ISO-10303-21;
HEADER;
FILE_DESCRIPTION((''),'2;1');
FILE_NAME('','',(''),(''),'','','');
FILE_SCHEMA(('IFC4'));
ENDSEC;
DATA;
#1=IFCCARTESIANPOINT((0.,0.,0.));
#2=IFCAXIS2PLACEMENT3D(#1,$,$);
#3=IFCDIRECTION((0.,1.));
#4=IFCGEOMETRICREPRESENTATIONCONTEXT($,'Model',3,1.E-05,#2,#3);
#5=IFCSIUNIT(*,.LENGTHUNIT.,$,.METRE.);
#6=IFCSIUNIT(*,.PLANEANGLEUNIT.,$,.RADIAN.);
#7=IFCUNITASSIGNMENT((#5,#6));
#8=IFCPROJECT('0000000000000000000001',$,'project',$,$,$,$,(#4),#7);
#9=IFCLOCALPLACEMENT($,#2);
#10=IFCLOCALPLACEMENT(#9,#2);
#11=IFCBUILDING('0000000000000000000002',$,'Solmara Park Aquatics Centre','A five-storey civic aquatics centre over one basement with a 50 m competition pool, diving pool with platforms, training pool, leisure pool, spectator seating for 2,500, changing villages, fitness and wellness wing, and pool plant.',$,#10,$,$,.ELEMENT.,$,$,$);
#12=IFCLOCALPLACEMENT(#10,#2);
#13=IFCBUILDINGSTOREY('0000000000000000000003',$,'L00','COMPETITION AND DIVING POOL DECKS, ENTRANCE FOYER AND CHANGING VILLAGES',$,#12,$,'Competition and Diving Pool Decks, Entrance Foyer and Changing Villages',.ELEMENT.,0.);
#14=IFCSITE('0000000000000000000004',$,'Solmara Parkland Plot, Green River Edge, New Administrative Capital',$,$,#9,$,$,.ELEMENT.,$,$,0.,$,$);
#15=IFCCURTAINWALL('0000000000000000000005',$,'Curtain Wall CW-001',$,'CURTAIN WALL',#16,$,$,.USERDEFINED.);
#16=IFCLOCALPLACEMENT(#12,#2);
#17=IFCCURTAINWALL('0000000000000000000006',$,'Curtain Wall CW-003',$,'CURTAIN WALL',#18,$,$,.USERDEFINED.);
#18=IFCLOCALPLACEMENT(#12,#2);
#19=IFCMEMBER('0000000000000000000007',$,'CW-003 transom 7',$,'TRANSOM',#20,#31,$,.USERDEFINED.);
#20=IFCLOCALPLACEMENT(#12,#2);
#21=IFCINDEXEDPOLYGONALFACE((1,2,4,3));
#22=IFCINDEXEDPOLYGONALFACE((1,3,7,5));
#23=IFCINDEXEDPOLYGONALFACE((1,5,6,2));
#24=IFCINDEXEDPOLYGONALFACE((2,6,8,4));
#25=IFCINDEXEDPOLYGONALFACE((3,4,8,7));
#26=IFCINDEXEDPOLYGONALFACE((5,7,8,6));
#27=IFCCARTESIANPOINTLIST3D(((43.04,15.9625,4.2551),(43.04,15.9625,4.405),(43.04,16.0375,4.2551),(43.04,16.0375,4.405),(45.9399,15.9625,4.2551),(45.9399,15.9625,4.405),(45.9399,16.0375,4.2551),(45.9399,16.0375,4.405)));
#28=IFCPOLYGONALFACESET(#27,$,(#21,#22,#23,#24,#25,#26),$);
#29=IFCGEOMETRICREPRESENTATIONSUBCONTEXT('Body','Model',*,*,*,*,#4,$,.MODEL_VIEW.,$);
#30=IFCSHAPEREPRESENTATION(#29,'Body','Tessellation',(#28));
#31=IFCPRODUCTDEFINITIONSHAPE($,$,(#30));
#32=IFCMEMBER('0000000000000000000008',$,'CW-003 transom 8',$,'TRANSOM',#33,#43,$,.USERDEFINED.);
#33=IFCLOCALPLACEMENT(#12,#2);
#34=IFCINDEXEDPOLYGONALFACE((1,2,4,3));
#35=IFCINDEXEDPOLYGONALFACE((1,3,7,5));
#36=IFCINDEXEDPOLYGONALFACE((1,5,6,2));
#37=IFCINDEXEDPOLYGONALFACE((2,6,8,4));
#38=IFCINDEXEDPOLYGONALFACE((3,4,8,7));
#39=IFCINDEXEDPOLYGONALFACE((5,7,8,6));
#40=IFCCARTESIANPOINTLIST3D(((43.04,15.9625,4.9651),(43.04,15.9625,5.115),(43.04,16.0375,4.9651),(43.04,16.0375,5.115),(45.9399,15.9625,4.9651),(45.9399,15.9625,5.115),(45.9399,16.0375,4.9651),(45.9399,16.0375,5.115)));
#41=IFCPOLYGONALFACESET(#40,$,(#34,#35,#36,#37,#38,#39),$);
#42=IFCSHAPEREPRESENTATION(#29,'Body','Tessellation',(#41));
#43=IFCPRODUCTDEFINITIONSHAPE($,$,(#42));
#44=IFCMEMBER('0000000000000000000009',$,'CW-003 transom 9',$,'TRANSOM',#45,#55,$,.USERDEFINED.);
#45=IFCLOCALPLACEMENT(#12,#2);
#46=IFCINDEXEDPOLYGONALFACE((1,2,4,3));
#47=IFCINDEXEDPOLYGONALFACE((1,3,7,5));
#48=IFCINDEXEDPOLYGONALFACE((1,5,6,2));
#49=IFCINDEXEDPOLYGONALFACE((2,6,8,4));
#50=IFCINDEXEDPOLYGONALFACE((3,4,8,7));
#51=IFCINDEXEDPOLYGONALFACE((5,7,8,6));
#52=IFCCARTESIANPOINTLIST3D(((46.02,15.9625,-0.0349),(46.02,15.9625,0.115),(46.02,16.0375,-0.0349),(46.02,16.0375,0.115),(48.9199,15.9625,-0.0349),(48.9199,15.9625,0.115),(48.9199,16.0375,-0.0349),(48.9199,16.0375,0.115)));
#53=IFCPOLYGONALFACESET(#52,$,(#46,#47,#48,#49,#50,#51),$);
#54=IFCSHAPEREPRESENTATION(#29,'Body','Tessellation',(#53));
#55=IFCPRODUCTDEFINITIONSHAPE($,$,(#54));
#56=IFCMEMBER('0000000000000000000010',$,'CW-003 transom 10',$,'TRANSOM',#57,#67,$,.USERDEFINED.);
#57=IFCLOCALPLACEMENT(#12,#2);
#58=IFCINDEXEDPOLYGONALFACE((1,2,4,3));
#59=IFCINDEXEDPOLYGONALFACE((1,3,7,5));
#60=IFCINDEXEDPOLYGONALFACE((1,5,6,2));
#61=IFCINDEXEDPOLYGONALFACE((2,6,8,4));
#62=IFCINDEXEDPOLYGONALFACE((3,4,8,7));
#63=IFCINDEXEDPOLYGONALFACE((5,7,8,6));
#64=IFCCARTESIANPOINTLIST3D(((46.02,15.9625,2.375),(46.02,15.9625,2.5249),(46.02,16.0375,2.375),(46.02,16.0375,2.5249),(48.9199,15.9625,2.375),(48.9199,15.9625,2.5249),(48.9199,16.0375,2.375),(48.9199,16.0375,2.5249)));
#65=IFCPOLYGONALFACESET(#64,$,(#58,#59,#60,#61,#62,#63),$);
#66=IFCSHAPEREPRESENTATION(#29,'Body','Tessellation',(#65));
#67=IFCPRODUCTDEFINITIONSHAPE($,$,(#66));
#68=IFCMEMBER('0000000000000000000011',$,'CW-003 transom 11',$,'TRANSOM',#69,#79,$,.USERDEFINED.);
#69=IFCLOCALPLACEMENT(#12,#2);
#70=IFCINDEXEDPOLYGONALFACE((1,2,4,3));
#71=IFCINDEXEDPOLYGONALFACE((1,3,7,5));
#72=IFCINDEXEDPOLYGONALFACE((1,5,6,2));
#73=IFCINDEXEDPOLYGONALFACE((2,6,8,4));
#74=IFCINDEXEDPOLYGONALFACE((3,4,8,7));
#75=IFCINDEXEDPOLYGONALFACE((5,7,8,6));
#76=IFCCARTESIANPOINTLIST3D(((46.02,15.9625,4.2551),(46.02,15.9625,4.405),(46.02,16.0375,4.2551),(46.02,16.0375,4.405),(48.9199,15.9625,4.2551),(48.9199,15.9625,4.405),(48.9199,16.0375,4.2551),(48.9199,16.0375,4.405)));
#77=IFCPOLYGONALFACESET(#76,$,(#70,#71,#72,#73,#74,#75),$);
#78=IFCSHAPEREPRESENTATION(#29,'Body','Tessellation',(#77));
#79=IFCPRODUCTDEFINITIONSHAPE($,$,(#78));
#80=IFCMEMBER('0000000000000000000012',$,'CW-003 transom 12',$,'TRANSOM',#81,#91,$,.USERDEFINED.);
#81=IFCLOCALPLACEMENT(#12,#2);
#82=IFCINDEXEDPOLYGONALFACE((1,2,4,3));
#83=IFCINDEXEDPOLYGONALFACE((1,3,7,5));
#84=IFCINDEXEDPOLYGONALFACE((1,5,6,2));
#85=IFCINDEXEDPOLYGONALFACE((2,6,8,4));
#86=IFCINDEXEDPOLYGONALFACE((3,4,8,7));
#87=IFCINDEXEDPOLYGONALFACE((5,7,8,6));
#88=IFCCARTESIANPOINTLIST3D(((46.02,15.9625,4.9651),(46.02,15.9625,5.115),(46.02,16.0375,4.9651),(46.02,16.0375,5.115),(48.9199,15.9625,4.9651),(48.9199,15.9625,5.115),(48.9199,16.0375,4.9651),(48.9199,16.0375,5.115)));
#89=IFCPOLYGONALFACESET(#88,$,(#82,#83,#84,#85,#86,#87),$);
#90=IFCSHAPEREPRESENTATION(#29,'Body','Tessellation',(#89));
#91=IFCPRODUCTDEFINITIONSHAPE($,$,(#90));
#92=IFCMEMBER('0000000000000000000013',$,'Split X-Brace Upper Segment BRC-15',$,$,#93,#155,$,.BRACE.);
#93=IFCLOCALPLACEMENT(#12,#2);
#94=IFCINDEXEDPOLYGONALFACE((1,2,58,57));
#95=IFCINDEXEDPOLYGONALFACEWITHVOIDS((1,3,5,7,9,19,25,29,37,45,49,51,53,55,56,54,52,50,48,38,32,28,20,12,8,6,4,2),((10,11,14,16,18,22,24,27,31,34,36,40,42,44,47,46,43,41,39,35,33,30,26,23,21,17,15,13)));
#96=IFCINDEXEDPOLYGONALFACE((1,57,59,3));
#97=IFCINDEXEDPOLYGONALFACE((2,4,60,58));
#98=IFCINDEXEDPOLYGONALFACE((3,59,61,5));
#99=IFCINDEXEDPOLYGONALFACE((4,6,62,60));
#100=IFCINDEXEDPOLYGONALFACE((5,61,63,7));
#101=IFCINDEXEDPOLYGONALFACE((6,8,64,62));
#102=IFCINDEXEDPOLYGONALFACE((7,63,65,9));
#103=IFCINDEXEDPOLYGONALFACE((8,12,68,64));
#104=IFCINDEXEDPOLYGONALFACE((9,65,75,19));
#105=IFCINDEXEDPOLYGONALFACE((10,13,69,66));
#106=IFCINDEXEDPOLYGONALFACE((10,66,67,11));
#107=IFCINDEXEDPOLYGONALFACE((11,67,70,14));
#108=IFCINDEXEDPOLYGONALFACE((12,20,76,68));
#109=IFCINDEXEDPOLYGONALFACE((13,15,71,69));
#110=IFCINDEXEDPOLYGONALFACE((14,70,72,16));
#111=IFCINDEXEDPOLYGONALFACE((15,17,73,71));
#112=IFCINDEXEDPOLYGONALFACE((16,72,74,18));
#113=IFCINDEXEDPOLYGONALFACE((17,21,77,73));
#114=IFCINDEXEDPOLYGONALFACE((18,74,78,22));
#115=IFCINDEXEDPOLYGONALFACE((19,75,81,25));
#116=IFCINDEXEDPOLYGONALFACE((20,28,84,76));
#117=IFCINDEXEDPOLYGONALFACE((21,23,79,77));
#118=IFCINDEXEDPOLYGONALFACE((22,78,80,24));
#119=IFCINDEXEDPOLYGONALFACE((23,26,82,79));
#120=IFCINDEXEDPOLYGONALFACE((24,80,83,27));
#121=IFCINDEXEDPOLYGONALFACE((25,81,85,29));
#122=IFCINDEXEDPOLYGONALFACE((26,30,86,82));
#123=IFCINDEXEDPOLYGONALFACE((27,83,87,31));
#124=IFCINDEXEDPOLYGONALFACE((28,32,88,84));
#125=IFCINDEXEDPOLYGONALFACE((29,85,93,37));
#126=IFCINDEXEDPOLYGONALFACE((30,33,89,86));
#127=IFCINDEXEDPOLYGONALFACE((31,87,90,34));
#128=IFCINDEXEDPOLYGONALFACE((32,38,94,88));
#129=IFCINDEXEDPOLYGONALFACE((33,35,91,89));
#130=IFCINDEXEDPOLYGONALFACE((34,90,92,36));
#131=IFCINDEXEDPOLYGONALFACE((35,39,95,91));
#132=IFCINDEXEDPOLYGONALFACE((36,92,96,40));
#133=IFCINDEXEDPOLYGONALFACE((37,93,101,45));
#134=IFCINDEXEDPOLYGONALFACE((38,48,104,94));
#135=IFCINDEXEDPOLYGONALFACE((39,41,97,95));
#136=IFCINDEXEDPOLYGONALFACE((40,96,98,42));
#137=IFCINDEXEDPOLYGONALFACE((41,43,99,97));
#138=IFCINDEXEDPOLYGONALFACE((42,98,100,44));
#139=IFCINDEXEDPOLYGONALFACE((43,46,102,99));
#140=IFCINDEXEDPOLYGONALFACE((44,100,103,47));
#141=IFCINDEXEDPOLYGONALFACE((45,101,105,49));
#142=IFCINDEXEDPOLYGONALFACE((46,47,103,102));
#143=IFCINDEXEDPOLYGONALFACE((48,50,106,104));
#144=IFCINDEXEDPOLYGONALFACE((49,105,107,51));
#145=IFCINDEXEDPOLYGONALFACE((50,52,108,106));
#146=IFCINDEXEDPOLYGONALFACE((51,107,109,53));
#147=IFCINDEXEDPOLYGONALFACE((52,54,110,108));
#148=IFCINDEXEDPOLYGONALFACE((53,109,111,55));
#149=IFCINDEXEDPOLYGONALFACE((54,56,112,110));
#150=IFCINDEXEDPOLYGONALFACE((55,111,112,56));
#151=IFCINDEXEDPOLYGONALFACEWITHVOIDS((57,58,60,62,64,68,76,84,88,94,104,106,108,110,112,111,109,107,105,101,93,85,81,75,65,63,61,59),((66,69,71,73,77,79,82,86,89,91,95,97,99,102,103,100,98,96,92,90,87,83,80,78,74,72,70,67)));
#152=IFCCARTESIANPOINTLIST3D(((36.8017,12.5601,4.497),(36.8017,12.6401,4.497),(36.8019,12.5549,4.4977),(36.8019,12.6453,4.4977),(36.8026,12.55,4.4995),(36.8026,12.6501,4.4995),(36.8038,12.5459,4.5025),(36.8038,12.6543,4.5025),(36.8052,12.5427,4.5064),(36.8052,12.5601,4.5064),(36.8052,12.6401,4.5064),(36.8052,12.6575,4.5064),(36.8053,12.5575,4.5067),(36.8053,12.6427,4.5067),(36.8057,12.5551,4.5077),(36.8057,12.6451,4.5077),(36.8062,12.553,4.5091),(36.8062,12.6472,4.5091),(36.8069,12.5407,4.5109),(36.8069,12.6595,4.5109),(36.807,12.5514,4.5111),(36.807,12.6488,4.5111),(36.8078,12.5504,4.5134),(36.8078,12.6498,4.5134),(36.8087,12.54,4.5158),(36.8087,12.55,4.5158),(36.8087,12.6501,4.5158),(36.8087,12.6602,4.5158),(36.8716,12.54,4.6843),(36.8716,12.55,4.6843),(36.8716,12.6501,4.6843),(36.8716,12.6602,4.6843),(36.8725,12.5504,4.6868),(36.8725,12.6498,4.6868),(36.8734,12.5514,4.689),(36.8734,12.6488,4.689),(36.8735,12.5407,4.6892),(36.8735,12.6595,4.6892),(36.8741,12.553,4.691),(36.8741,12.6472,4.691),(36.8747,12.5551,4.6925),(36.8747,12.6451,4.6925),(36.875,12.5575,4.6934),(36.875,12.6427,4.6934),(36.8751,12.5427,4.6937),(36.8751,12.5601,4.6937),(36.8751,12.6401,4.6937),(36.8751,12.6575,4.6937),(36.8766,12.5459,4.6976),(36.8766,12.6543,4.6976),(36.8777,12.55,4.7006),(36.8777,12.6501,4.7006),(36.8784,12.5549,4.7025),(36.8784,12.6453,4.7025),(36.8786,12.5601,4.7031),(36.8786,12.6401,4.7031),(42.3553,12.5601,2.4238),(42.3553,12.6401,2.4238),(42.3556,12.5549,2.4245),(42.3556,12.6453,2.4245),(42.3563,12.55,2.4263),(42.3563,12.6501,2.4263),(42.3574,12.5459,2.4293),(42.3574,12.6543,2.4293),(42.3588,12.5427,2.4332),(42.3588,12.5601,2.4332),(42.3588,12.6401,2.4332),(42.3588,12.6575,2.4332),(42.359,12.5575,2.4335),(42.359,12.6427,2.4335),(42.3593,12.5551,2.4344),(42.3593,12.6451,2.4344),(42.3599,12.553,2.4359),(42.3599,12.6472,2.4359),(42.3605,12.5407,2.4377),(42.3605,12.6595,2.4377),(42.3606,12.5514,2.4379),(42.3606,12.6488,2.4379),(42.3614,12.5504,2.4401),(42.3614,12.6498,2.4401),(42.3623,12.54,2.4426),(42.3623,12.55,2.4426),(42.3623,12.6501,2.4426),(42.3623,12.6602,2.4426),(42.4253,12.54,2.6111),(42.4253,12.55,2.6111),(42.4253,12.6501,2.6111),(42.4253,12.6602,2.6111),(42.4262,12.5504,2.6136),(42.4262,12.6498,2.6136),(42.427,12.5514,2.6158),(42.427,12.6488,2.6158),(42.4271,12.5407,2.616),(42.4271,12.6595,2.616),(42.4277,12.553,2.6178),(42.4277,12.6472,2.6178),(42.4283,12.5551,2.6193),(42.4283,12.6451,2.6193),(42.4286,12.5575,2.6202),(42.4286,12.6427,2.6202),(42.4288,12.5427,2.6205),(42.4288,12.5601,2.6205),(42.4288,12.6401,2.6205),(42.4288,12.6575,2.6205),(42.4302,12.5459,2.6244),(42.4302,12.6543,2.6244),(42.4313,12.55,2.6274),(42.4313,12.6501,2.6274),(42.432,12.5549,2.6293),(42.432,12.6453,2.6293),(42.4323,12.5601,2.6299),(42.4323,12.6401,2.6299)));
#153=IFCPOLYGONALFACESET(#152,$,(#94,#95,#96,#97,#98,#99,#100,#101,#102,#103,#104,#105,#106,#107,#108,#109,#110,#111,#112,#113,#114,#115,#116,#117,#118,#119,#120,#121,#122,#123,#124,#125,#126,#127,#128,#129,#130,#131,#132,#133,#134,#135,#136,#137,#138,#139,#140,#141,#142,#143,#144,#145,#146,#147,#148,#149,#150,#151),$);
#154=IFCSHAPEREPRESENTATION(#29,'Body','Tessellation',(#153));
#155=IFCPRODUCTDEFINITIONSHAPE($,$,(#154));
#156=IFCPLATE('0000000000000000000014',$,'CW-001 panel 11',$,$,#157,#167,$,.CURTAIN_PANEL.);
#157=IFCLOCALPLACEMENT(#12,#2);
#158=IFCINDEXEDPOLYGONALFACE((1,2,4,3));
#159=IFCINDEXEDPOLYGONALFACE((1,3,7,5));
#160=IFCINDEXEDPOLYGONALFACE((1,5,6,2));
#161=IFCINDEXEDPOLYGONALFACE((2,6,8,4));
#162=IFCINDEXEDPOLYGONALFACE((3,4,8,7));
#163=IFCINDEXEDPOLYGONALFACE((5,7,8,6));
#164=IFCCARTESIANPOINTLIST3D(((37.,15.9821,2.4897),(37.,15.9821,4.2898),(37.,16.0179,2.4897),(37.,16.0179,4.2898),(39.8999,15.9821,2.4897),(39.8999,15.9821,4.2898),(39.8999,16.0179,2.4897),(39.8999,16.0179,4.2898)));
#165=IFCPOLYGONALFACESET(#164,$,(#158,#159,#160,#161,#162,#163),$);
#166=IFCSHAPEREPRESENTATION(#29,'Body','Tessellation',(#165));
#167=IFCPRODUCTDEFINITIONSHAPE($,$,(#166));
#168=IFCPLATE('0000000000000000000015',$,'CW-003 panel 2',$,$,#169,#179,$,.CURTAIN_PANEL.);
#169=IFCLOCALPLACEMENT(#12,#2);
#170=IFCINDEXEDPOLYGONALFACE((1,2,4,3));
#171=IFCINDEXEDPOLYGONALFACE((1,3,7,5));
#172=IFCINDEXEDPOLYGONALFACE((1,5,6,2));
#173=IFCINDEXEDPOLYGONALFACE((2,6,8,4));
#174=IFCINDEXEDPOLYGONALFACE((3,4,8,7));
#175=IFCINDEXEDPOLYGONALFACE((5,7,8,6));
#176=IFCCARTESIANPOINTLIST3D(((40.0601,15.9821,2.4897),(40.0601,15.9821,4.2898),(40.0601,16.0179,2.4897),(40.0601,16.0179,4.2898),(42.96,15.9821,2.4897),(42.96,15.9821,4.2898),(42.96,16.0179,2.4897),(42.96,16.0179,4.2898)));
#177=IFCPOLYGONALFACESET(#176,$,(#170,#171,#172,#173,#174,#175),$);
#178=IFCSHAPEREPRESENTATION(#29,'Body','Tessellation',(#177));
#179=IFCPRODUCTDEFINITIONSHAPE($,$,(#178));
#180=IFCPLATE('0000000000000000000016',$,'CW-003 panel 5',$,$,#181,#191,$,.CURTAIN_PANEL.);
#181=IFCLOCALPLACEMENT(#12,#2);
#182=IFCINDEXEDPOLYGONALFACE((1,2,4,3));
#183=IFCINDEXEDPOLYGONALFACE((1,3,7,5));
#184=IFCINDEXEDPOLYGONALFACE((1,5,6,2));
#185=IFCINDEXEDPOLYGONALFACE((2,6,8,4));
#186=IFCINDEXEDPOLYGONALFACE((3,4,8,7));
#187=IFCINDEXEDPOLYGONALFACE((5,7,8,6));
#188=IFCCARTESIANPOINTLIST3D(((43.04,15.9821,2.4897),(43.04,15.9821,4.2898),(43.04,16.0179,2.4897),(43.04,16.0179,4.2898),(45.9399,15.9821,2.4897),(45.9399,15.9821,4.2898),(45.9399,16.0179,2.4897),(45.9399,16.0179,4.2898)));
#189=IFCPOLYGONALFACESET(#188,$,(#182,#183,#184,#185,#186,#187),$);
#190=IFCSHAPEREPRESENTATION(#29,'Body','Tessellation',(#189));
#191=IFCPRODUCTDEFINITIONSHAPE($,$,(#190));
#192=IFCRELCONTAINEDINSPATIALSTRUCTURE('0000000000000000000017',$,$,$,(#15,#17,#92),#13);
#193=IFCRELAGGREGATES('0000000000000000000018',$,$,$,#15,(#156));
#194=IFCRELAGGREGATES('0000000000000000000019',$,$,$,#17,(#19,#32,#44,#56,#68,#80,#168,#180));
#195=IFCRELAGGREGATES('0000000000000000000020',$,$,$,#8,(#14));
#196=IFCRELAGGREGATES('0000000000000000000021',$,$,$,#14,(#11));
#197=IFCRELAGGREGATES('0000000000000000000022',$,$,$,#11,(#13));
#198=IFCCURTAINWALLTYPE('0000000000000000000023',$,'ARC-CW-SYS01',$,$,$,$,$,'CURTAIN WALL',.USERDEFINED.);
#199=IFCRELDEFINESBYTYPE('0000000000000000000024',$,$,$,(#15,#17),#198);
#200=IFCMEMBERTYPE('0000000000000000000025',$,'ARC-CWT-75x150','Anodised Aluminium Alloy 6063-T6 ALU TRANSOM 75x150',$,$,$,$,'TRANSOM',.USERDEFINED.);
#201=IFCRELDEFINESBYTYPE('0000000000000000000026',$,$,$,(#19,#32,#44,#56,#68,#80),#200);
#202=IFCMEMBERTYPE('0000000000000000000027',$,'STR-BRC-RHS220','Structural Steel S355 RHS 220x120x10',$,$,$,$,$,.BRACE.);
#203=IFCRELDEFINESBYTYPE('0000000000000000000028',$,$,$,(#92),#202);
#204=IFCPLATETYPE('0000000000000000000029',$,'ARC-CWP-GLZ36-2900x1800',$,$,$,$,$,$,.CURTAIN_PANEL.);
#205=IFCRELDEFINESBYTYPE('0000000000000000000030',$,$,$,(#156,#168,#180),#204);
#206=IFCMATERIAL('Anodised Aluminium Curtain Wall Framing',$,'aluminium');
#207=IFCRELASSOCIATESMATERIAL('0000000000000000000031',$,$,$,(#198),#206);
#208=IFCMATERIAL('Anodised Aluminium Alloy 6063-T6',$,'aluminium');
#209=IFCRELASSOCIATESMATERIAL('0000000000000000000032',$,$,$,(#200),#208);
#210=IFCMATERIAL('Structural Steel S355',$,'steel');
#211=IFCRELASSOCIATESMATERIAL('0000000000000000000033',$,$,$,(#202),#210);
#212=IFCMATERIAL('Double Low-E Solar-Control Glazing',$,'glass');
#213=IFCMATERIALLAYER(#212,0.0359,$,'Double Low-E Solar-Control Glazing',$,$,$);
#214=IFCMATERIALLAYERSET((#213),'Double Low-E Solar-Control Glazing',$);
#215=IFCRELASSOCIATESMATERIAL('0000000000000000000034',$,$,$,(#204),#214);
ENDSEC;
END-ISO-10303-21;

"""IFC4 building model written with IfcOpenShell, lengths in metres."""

from ifc_helpers import new_model, si_unit, direction, frame, origin, origin_2d, place, context, subcontext, project, spatial, rectangle, hollow_rectangle, extrude, material, layer, layer_set, material_profile, profile_set, type_object, element, aggregate, save


model = new_model("IFC4")

# Units and contexts
model_context = context("Model", 3, precision=1e-05, world=origin(), true_north=direction((0.0, 1.0)))
body_context = subcontext(model_context, "Body", "Model", "MODEL_VIEW")
ifc_project = project(units=[si_unit("LENGTHUNIT", "METRE"), si_unit("PLANEANGLEUNIT", "RADIAN")], contexts=[model_context])

# Site, building, storey
site_placement = place(None, origin())
site = spatial("IfcSite", under=ifc_project, at=site_placement, Name="Solmara Parkland Plot, Green River Edge, New Administrative Capital", CompositionType="ELEMENT", RefElevation=0.0)
building_placement = place(site_placement, origin())
building = spatial("IfcBuilding", under=site, at=building_placement, Name="Solmara Park Aquatics Centre", Description="A five-storey civic aquatics centre over one basement with a 50 m competition pool, diving pool with platforms, training pool, leisure pool, spectator seating for 2,500, changing villages, fitness and wellness wing, and pool plant.", CompositionType="ELEMENT")
storey_placement = place(building_placement, origin())
storey = spatial("IfcBuildingStorey", under=building, at=storey_placement, Name="L00", Description="COMPETITION AND DIVING POOL DECKS, ENTRANCE FOYER AND CHANGING VILLAGES", LongName="Competition and Diving Pool Decks, Entrance Foyer and Changing Villages", CompositionType="ELEMENT", Elevation=0.0)

# Curtain walls
ifc_material_1 = material(Name="Anodised Aluminium Curtain Wall Framing", Category="aluminium")
curtain_wall_type = type_object("IfcCurtainWallType", Name="ARC-CW-SYS01", ElementType="CURTAIN WALL", PredefinedType="USERDEFINED", material=ifc_material_1)
curtain_wall_1_placement = place(storey_placement, origin())
curtain_wall_1 = element("IfcCurtainWall", 1, at=curtain_wall_1_placement, inside=storey, type_object=curtain_wall_type, Name="Curtain Wall CW-001", ObjectType="CURTAIN WALL", PredefinedType="USERDEFINED")
ifc_material_2 = material(Name="Anodised Aluminium Alloy 6063-T6", Category="aluminium")
curtain_wall_2_placement = place(storey_placement, origin())
curtain_wall_2 = element("IfcCurtainWall", 2, at=curtain_wall_2_placement, inside=storey, type_object=curtain_wall_type, Name="Curtain Wall CW-003", ObjectType="CURTAIN WALL", PredefinedType="USERDEFINED")

# Members
ifc_material_profile_1 = material_profile(ifc_material_2, rectangle(XDim=0.075, YDim=0.1499, at=origin_2d()), Name="ALU TRANSOM 75x150")
ifc_profile_set_1 = profile_set([ifc_material_profile_1], Name="Anodised Aluminium Alloy 6063-T6")
member_type_1 = type_object("IfcMemberType", Name="ARC-CWT-75x150", Description="Anodised Aluminium Alloy 6063-T6 ALU TRANSOM 75x150", ElementType="TRANSOM", PredefinedType="USERDEFINED", material=ifc_profile_set_1)
member_1_placement = place(storey_placement, frame((43.04, 16.0, 4.3301), z_axis=(1.0, 0.0, 0.0), x_axis=(0.0, 1.0, 0.0)))
member_1 = element("IfcMember", 3, at=member_1_placement, type_object=member_type_1, Name="CW-003 transom 7", ObjectType="TRANSOM", PredefinedType="USERDEFINED", context=body_context, shape_type="SweptSolid", body=[
    extrude(rectangle(XDim=0.075, YDim=0.1499, at=origin_2d()), origin(), (0.0, 0.0, 1.0), 2.8999),
])
member_2_placement = place(storey_placement, frame((43.04, 16.0, 5.04), z_axis=(1.0, 0.0, 0.0), x_axis=(0.0, 1.0, 0.0)))
member_2 = element("IfcMember", 4, at=member_2_placement, type_object=member_type_1, Name="CW-003 transom 8", ObjectType="TRANSOM", PredefinedType="USERDEFINED", context=body_context, shape_type="SweptSolid", body=[
    extrude(rectangle(XDim=0.075, YDim=0.1499, at=origin_2d()), origin(), (0.0, 0.0, 1.0), 2.8999),
])
member_3_placement = place(storey_placement, frame((46.02, 16.0, 0.04), z_axis=(1.0, 0.0, 0.0), x_axis=(0.0, 1.0, 0.0)))
member_3 = element("IfcMember", 5, at=member_3_placement, type_object=member_type_1, Name="CW-003 transom 9", ObjectType="TRANSOM", PredefinedType="USERDEFINED", context=body_context, shape_type="SweptSolid", body=[
    extrude(rectangle(XDim=0.075, YDim=0.1499, at=origin_2d()), origin(), (0.0, 0.0, 1.0), 2.8999),
])
member_4_placement = place(storey_placement, frame((46.02, 16.0, 2.45), z_axis=(1.0, 0.0, 0.0), x_axis=(0.0, 1.0, 0.0)))
member_4 = element("IfcMember", 6, at=member_4_placement, type_object=member_type_1, Name="CW-003 transom 10", ObjectType="TRANSOM", PredefinedType="USERDEFINED", context=body_context, shape_type="SweptSolid", body=[
    extrude(rectangle(XDim=0.075, YDim=0.1499, at=origin_2d()), origin(), (0.0, 0.0, 1.0), 2.8999),
])
member_5_placement = place(storey_placement, frame((46.02, 16.0, 4.3301), z_axis=(1.0, 0.0, 0.0), x_axis=(0.0, 1.0, 0.0)))
member_5 = element("IfcMember", 7, at=member_5_placement, type_object=member_type_1, Name="CW-003 transom 11", ObjectType="TRANSOM", PredefinedType="USERDEFINED", context=body_context, shape_type="SweptSolid", body=[
    extrude(rectangle(XDim=0.075, YDim=0.1499, at=origin_2d()), origin(), (0.0, 0.0, 1.0), 2.8999),
])
member_6_placement = place(storey_placement, frame((46.02, 16.0, 5.04), z_axis=(1.0, 0.0, 0.0), x_axis=(0.0, 1.0, 0.0)))
member_6 = element("IfcMember", 8, at=member_6_placement, type_object=member_type_1, Name="CW-003 transom 12", ObjectType="TRANSOM", PredefinedType="USERDEFINED", context=body_context, shape_type="SweptSolid", body=[
    extrude(rectangle(XDim=0.075, YDim=0.1499, at=origin_2d()), origin(), (0.0, 0.0, 1.0), 2.8999),
])
ifc_material_3 = material(Name="Structural Steel S355", Category="steel")
ifc_material_profile_2 = material_profile(ifc_material_3, hollow_rectangle(XDim=0.1201, YDim=0.22, WallThickness=0.01, InnerFilletRadius=0.01, OuterFilletRadius=0.02, at=origin_2d()), Name="RHS 220x120x10")
ifc_profile_set_2 = profile_set([ifc_material_profile_2], Name="Structural Steel S355")
member_type_2 = type_object("IfcMemberType", Name="STR-BRC-RHS220", Description="Structural Steel S355 RHS 220x120x10", PredefinedType="BRACE", material=ifc_profile_set_2)
member_7_placement = place(storey_placement, frame((42.3938, 12.6001, 2.5269), z_axis=(-0.936849, 0.0, 0.349733), x_axis=(0.0, -1.0, 0.0)))
element("IfcMember", 9, at=member_7_placement, inside=storey, type_object=member_type_2, Name="Split X-Brace Upper Segment BRC-15", PredefinedType="BRACE", context=body_context, shape_type="SweptSolid", body=[
    extrude(hollow_rectangle(XDim=0.1201, YDim=0.22, WallThickness=0.01, InnerFilletRadius=0.01, OuterFilletRadius=0.02, at=origin_2d()), origin(), (0.0, 0.0, 1.0), 5.928),
])

# Plates
ifc_material_4 = material(Name="Double Low-E Solar-Control Glazing", Category="glass")
ifc_layer_1 = layer(ifc_material_4, 0.0359, Name="Double Low-E Solar-Control Glazing")
ifc_layer_set_1 = layer_set([ifc_layer_1], Name="Double Low-E Solar-Control Glazing")
plate_type_1 = type_object("IfcPlateType", Name="ARC-CWP-GLZ36-2900x1800", PredefinedType="CURTAIN_PANEL", material=ifc_layer_set_1)
plate_1_placement = place(storey_placement, frame((38.45, 16.0, 2.4897), z_axis=(0.0, 0.0, 1.0), x_axis=(1.0, 0.0, 0.0)))
plate_1 = element("IfcPlate", 10, at=plate_1_placement, type_object=plate_type_1, Name="CW-001 panel 11", PredefinedType="CURTAIN_PANEL", context=body_context, shape_type="SweptSolid", body=[
    extrude(rectangle(XDim=2.8999, YDim=0.0359, at=origin_2d()), origin(), (0.0, 0.0, 1.0), 1.8),
])
plate_2_placement = place(storey_placement, frame((41.51, 16.0, 2.4897), z_axis=(0.0, 0.0, 1.0), x_axis=(1.0, 0.0, 0.0)))
plate_2 = element("IfcPlate", 11, at=plate_2_placement, type_object=plate_type_1, Name="CW-003 panel 2", PredefinedType="CURTAIN_PANEL", context=body_context, shape_type="SweptSolid", body=[
    extrude(rectangle(XDim=2.8999, YDim=0.0359, at=origin_2d()), origin(), (0.0, 0.0, 1.0), 1.8),
])
plate_3_placement = place(storey_placement, frame((44.49, 16.0, 2.4897), z_axis=(0.0, 0.0, 1.0), x_axis=(1.0, 0.0, 0.0)))
plate_3 = element("IfcPlate", 12, at=plate_3_placement, type_object=plate_type_1, Name="CW-003 panel 5", PredefinedType="CURTAIN_PANEL", context=body_context, shape_type="SweptSolid", body=[
    extrude(rectangle(XDim=2.8999, YDim=0.0359, at=origin_2d()), origin(), (0.0, 0.0, 1.0), 1.8),
])
aggregate(curtain_wall_1, [plate_1])
aggregate(curtain_wall_2, [member_1, member_2, member_3, member_4, member_5, member_6, plate_2, plate_3])

save(model, "model.ifc")
